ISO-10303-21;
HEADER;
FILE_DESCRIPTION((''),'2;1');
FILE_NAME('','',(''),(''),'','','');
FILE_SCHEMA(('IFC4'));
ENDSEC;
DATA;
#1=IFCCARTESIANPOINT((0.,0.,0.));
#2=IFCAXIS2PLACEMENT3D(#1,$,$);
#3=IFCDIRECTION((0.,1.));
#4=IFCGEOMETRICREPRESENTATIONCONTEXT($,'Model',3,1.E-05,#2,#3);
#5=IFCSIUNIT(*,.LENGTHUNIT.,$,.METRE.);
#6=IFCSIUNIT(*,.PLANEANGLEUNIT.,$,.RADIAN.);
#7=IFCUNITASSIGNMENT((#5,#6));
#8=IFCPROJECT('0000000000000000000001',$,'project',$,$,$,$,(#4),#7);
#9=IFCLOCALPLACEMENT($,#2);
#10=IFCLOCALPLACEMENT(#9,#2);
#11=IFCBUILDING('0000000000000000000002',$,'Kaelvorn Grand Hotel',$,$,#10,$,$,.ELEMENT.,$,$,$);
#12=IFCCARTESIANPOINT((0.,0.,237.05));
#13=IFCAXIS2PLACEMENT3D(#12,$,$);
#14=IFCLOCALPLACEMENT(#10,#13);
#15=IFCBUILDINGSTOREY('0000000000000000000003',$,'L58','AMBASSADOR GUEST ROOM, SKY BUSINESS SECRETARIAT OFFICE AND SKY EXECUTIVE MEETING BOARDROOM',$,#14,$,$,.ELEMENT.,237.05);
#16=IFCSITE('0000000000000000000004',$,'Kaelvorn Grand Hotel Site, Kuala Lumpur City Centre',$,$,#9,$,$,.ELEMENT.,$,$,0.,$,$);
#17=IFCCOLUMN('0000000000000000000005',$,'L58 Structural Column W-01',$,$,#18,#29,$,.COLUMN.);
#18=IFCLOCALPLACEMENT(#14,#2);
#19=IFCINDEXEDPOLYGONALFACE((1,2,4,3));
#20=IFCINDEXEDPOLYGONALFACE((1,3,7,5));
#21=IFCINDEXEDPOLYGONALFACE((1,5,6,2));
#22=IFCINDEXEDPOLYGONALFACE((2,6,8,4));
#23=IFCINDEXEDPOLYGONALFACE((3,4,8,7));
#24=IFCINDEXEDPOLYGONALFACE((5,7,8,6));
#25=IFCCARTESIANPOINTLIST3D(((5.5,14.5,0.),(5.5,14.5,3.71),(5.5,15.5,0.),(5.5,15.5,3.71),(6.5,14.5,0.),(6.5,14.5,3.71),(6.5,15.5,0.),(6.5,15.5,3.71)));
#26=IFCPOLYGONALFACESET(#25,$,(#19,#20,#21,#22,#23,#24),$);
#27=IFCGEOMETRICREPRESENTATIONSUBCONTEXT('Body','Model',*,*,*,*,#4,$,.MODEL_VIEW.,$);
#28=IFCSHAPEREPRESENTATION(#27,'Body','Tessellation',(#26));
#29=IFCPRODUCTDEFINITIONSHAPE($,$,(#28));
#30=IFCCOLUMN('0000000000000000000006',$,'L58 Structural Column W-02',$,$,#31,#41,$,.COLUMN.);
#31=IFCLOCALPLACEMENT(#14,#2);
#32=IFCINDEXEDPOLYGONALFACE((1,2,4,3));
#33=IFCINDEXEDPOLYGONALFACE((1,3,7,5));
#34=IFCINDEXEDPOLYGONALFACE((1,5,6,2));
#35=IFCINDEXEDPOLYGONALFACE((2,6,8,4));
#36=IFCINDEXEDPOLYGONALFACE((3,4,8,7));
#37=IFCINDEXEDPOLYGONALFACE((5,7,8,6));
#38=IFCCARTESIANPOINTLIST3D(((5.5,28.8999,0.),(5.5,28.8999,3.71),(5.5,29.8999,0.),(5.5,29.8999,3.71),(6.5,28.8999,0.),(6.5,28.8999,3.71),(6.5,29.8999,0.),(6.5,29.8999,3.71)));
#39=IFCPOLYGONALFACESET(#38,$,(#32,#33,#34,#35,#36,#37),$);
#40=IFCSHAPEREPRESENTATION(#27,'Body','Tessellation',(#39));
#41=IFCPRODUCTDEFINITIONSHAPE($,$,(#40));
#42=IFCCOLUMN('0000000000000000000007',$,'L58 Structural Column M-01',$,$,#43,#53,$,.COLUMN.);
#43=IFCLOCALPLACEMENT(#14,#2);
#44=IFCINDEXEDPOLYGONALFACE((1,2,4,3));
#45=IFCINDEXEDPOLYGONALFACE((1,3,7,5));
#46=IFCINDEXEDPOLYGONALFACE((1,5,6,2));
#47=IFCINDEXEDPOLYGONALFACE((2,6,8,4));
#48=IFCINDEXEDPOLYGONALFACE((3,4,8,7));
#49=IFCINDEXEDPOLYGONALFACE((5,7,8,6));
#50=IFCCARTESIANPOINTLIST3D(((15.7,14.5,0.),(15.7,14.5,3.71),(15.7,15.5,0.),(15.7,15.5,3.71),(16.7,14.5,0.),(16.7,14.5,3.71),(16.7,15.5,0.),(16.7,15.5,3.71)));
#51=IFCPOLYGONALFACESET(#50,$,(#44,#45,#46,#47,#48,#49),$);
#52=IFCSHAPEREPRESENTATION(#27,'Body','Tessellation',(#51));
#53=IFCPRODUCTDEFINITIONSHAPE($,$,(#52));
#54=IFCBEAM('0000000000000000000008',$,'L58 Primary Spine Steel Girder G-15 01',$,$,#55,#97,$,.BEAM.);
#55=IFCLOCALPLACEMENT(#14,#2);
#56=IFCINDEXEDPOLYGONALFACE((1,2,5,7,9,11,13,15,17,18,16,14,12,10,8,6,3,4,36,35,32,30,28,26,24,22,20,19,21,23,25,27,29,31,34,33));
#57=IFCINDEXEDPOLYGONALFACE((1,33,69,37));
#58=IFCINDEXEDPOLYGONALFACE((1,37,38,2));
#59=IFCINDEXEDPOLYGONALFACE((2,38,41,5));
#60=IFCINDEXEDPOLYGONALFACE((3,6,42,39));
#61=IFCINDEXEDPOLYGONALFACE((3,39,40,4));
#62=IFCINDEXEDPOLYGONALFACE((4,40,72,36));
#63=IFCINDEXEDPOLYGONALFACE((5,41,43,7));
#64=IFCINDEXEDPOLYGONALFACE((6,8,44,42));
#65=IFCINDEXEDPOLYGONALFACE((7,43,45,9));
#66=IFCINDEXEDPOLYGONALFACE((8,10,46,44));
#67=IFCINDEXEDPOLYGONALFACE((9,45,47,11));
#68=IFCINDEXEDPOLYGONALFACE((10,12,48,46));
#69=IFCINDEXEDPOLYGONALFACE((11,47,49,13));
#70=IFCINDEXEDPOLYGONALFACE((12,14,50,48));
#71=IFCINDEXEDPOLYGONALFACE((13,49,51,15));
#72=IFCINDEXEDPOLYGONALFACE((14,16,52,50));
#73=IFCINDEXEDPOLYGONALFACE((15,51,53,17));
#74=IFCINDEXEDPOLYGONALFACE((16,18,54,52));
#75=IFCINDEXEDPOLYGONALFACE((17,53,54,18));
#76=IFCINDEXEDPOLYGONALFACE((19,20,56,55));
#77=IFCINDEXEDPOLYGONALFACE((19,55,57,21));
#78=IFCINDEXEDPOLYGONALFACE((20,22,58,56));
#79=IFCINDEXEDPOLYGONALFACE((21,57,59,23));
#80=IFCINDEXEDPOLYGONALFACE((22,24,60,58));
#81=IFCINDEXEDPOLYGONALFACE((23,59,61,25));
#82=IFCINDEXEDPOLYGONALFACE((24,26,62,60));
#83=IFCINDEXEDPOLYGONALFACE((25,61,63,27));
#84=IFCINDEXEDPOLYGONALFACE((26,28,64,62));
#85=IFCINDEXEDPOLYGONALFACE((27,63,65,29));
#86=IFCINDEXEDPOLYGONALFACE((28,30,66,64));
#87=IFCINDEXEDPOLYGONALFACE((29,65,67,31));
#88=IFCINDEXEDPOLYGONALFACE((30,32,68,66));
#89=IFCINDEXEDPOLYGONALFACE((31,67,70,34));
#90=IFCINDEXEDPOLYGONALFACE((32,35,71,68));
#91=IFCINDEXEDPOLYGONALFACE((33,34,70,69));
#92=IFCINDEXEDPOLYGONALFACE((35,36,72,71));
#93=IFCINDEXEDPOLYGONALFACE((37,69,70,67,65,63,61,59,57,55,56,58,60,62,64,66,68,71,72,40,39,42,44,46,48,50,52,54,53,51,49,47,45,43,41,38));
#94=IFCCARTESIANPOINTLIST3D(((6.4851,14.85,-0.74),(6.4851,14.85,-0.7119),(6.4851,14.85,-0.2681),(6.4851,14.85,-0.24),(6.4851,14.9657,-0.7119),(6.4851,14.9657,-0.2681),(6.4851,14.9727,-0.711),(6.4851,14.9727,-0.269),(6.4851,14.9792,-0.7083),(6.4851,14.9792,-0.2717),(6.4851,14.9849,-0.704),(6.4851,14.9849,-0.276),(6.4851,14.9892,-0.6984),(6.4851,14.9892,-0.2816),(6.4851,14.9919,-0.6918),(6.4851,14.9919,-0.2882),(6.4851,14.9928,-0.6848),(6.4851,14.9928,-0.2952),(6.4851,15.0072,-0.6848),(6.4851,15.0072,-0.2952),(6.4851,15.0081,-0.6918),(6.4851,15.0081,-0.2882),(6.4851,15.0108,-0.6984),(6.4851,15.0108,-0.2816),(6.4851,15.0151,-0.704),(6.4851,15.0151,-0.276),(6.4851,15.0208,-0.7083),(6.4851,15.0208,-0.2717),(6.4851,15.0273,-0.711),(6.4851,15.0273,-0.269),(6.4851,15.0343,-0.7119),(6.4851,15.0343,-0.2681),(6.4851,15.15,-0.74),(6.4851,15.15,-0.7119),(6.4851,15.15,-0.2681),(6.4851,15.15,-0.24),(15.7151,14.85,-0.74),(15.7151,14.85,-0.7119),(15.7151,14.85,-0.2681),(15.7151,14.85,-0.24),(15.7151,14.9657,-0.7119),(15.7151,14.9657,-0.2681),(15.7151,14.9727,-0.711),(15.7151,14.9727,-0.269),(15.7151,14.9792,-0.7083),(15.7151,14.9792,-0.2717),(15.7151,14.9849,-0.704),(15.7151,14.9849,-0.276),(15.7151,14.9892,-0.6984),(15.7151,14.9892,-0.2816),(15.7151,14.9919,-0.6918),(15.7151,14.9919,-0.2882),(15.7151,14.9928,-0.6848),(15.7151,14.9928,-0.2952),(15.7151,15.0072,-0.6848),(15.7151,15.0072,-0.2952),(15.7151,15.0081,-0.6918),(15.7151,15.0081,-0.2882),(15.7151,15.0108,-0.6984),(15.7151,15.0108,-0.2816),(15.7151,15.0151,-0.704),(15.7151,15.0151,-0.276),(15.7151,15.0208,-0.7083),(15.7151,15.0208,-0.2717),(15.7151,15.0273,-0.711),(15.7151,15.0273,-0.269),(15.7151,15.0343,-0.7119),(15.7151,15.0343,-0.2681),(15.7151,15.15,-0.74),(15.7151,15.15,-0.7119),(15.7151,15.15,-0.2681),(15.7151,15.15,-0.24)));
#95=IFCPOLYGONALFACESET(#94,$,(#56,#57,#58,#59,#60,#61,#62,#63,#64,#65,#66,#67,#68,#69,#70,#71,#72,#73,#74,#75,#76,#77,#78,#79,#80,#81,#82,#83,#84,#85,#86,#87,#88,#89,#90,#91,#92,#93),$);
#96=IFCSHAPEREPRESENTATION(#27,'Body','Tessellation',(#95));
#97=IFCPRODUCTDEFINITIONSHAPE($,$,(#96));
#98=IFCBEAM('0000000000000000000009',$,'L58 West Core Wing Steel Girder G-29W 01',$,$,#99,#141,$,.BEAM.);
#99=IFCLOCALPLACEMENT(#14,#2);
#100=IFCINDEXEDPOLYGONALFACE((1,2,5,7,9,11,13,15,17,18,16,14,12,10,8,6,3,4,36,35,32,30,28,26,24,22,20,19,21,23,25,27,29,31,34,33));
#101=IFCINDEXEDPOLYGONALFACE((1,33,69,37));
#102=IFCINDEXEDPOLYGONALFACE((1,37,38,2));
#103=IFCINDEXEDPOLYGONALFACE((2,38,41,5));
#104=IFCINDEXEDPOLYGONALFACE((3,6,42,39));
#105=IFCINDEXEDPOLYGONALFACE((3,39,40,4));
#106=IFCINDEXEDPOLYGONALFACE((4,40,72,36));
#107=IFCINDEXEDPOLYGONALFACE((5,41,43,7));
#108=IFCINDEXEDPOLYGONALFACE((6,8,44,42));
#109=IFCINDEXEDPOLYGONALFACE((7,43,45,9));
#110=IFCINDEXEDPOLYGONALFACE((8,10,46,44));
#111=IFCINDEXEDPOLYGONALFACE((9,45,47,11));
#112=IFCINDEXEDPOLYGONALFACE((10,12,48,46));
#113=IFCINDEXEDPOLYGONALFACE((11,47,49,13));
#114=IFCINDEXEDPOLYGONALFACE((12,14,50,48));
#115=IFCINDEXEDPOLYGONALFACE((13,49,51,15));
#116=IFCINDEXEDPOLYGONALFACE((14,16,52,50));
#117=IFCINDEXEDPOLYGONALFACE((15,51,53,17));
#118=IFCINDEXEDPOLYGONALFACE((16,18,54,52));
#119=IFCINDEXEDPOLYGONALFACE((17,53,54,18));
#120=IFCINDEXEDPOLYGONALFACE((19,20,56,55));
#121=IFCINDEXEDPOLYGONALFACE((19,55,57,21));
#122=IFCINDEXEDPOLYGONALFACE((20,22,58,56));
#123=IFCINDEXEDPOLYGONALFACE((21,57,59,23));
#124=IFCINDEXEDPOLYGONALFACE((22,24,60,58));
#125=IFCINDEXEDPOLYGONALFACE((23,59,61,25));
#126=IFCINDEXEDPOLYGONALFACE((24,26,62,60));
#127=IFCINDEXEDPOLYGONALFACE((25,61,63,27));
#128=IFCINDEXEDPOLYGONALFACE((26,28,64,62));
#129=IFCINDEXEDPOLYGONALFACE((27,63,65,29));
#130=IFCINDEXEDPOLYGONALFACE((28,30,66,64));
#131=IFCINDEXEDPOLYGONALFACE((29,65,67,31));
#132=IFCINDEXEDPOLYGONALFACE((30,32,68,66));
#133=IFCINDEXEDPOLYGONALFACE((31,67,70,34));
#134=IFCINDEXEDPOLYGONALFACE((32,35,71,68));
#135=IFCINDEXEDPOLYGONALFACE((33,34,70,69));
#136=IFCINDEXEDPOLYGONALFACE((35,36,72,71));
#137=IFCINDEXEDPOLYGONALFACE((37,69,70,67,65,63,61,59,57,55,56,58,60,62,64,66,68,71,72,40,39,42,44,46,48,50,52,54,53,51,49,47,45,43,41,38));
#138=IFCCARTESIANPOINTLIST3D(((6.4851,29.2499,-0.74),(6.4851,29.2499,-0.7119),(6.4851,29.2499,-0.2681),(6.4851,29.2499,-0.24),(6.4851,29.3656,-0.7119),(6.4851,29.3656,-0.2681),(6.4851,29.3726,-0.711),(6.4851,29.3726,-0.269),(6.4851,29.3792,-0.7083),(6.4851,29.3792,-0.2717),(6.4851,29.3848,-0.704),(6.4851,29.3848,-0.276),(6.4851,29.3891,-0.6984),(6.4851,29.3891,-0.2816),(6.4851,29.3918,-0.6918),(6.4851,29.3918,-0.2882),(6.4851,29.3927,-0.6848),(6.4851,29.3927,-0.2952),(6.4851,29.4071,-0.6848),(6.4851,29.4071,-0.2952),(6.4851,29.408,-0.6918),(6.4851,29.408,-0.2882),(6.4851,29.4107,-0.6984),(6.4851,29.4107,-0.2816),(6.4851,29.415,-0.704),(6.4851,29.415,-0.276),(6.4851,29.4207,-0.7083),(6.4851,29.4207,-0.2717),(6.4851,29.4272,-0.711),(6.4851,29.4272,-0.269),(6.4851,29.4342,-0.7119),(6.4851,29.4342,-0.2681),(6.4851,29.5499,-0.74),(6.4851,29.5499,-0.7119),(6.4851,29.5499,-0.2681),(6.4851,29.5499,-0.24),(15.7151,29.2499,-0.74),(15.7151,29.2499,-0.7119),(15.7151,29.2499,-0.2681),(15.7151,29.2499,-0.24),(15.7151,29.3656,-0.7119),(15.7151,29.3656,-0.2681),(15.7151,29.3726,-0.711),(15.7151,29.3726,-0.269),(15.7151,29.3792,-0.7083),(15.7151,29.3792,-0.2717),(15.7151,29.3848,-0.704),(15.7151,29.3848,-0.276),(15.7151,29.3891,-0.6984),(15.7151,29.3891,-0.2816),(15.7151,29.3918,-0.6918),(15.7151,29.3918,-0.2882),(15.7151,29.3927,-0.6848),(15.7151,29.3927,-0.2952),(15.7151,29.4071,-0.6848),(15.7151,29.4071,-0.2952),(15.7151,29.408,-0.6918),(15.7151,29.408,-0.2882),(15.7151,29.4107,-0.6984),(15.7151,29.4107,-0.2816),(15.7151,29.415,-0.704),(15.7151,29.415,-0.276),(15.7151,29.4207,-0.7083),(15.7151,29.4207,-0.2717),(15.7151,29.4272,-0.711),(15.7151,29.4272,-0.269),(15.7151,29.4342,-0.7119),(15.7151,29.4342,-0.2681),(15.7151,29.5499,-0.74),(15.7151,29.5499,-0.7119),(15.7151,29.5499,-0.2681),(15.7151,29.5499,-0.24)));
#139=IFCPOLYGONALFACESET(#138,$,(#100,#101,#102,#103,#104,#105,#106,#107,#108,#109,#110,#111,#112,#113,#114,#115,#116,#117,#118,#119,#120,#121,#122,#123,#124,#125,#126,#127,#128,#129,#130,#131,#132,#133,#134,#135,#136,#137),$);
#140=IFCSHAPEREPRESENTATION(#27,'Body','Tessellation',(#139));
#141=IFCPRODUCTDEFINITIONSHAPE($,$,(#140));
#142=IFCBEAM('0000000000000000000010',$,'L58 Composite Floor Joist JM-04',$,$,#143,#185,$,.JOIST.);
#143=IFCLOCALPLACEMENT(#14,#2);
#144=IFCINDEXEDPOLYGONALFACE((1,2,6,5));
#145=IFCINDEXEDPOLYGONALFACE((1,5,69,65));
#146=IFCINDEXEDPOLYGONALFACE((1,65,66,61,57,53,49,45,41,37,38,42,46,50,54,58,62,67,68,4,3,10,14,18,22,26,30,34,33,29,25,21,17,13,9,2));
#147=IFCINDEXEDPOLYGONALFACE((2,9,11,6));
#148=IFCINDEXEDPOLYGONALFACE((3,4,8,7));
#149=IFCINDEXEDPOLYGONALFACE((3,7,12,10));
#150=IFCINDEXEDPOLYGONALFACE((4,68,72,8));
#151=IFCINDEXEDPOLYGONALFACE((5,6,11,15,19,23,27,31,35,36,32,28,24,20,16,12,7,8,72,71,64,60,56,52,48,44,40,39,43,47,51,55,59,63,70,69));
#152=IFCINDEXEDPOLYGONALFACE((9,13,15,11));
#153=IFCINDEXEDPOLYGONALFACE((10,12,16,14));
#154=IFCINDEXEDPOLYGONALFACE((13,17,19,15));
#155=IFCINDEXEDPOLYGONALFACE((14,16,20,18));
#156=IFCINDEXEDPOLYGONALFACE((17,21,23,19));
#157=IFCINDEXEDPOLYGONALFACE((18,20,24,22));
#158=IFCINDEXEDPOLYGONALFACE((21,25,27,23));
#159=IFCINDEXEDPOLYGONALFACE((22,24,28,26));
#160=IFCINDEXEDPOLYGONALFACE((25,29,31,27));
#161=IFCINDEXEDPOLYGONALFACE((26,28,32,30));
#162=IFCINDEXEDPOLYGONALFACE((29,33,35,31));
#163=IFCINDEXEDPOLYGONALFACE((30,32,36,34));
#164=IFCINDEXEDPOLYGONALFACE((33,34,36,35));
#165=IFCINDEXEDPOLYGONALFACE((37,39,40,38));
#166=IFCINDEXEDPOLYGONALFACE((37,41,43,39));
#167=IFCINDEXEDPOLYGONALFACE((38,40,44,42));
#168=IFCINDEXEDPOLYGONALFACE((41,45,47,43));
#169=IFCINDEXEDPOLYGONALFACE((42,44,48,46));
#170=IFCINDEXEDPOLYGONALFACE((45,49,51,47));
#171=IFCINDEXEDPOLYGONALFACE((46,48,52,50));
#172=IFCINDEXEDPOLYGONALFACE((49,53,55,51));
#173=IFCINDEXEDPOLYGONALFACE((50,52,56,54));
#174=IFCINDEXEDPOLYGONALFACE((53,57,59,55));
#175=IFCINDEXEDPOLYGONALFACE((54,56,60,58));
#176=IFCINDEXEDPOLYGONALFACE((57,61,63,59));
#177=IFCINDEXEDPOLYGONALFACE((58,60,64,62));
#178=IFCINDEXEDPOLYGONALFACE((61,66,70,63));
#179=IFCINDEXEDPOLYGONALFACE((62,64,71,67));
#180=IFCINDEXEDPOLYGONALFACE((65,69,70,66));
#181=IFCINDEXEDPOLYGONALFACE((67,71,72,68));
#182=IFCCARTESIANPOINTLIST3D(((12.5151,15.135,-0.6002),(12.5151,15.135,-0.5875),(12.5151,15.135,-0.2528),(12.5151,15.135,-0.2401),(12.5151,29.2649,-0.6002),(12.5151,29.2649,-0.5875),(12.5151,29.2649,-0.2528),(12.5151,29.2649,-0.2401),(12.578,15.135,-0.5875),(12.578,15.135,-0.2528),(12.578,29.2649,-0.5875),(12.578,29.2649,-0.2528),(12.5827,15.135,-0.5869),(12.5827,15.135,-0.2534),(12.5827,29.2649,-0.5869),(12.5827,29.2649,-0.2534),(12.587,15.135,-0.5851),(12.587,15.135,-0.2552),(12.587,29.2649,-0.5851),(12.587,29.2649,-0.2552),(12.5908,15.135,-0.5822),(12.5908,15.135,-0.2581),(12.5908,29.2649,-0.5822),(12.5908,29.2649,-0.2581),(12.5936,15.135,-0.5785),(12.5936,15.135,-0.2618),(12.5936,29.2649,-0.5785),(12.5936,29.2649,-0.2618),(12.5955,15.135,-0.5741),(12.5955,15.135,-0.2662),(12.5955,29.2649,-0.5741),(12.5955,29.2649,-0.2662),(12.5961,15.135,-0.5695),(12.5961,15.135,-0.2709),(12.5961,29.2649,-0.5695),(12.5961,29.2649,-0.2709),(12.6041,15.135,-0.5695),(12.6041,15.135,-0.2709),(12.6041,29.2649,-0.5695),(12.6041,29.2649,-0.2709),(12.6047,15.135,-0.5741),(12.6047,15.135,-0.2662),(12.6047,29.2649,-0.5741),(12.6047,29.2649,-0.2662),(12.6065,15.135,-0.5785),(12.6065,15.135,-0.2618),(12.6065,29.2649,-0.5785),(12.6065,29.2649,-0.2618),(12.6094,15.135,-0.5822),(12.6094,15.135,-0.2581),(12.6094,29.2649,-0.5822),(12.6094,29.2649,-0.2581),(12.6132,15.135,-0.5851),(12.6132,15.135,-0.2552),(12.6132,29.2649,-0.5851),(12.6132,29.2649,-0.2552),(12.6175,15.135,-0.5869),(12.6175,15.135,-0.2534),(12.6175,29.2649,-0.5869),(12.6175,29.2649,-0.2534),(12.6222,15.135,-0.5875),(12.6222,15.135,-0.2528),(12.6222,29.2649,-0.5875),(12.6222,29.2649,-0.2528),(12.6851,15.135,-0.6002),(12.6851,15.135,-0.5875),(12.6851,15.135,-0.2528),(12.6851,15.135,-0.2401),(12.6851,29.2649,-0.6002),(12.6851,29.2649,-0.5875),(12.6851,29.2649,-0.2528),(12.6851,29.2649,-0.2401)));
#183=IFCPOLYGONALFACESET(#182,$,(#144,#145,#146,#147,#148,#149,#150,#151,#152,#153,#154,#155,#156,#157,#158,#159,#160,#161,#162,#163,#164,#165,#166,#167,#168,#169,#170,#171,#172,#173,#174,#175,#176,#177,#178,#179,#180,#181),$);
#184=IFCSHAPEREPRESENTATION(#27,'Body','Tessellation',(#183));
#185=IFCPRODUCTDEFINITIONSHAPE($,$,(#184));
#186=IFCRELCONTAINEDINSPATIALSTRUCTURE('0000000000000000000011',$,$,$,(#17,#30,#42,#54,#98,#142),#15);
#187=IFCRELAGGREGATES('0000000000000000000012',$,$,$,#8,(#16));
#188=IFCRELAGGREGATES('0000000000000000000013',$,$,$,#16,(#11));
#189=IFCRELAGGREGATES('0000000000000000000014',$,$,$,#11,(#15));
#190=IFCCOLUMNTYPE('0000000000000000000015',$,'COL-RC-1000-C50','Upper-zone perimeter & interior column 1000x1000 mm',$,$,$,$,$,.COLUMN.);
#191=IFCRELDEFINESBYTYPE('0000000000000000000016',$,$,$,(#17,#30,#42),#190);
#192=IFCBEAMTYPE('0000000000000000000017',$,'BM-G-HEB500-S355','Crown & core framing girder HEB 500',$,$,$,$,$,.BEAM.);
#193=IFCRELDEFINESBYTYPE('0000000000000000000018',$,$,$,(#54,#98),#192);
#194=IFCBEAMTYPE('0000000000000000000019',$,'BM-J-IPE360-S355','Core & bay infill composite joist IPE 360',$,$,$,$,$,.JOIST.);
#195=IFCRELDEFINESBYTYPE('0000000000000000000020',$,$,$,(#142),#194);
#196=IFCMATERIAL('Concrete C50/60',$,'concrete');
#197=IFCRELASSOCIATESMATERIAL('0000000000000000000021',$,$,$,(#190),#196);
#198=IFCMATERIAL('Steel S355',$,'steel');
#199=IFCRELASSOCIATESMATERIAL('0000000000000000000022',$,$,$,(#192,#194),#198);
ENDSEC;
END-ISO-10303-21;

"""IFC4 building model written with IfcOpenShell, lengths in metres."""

from ifc_helpers import new_model, si_unit, direction, frame, origin, origin_2d, place, context, subcontext, project, spatial, rectangle, i_section, extrude, material, material_profile, profile_set, type_object, element, save


model = new_model("IFC4")

# Units and contexts
model_context = context("Model", 3, precision=1e-05, world=origin(), true_north=direction((0.0, 1.0)))
body_context = subcontext(model_context, "Body", "Model", "MODEL_VIEW")
ifc_project = project(units=[si_unit("LENGTHUNIT", "METRE"), si_unit("PLANEANGLEUNIT", "RADIAN")], contexts=[model_context])

# Site, building, storey
site_placement = place(None, origin())
site = spatial("IfcSite", under=ifc_project, at=site_placement, Name="Kaelvorn Grand Hotel Site, Kuala Lumpur City Centre", CompositionType="ELEMENT", RefElevation=0.0)
building_placement = place(site_placement, origin())
building = spatial("IfcBuilding", under=site, at=building_placement, Name="Kaelvorn Grand Hotel", CompositionType="ELEMENT")
storey_placement = place(building_placement, frame((0.0, 0.0, 237.05)))
storey = spatial("IfcBuildingStorey", under=building, at=storey_placement, Name="L58", Description="AMBASSADOR GUEST ROOM, SKY BUSINESS SECRETARIAT OFFICE AND SKY EXECUTIVE MEETING BOARDROOM", CompositionType="ELEMENT", Elevation=237.05)

# Columns
ifc_material_1 = material(Name="Concrete C50/60", Category="concrete")
ifc_material_profile_1 = material_profile(ifc_material_1, rectangle(XDim=1.0, YDim=1.0, at=origin_2d()), Name="RC COL 1000x1000")
ifc_profile_set_1 = profile_set([ifc_material_profile_1], Name="Concrete C50/60")
column_type = type_object("IfcColumnType", Name="COL-RC-1000-C50", Description="Upper-zone perimeter & interior column 1000x1000 mm", PredefinedType="COLUMN", material=ifc_profile_set_1)
for number, where, z_axis, x_axis, name in (
    (1, (6.0, 15.0, 0.0), (0.0, 0.0, 1.0), (1.0, 0.0, 0.0), "L58 Structural Column W-01"),
    (2, (6.0, 29.3999, 0.0), (0.0, 0.0, 1.0), (1.0, 0.0, 0.0), "L58 Structural Column W-02"),
    (3, (16.2, 15.0, 0.0), (0.0, 0.0, 1.0), (1.0, 0.0, 0.0), "L58 Structural Column M-01"),
):
    element("IfcColumn", number, at=place(storey_placement, frame(where, z_axis=z_axis, x_axis=x_axis)), inside=storey, type_object=column_type, Name=name, PredefinedType="COLUMN", context=body_context, shape_type="SweptSolid", body=[
        extrude(rectangle(XDim=1.0, YDim=1.0, at=origin_2d()), origin(), (0.0, 0.0, 1.0), 3.71),
    ])

# Beams
ifc_material_2 = material(Name="Steel S355", Category="steel")
ifc_material_profile_2 = material_profile(ifc_material_2, i_section(OverallWidth=0.3, OverallDepth=0.5, WebThickness=0.0144, FlangeThickness=0.0281, FilletRadius=0.0271, at=origin_2d()), Name="HEB 500")
ifc_profile_set_2 = profile_set([ifc_material_profile_2], Name="Steel S355")
beam_type_1 = type_object("IfcBeamType", Name="BM-G-HEB500-S355", Description="Crown & core framing girder HEB 500", PredefinedType="BEAM", material=ifc_profile_set_2)
for number, where, z_axis, x_axis, name in (
    (4, (6.4851, 15.0, -0.49), (1.0, 0.0, 0.0), (0.0, 1.0, 0.0), "L58 Primary Spine Steel Girder G-15 01"),
    (5, (6.4851, 29.3999, -0.49), (1.0, 0.0, 0.0), (0.0, 1.0, 0.0), "L58 West Core Wing Steel Girder G-29W 01"),
):
    element("IfcBeam", number, at=place(storey_placement, frame(where, z_axis=z_axis, x_axis=x_axis)), inside=storey, type_object=beam_type_1, Name=name, PredefinedType="BEAM", context=body_context, shape_type="SweptSolid", body=[
        extrude(i_section(OverallWidth=0.3, OverallDepth=0.5, WebThickness=0.0144, FlangeThickness=0.0281, FilletRadius=0.0271, at=origin_2d()), origin(), (0.0, 0.0, 1.0), 9.23),
    ])
ifc_material_profile_3 = material_profile(ifc_material_2, i_section(OverallWidth=0.1699, OverallDepth=0.3601, WebThickness=0.0081, FlangeThickness=0.0127, FilletRadius=0.0181, at=origin_2d()), Name="IPE 360")
ifc_profile_set_3 = profile_set([ifc_material_profile_3], Name="Steel S355")
beam_type_2 = type_object("IfcBeamType", Name="BM-J-IPE360-S355", Description="Core & bay infill composite joist IPE 360", PredefinedType="JOIST", material=ifc_profile_set_3)
beam_1_placement = place(storey_placement, frame((12.6001, 15.135, -0.4202), z_axis=(0.0, 1.0, 0.0), x_axis=(-1.0, 0.0, 0.0)))
element("IfcBeam", 6, at=beam_1_placement, inside=storey, type_object=beam_type_2, Name="L58 Composite Floor Joist JM-04", PredefinedType="JOIST", context=body_context, shape_type="SweptSolid", body=[
    extrude(i_section(OverallWidth=0.1699, OverallDepth=0.3601, WebThickness=0.0081, FlangeThickness=0.0127, FilletRadius=0.0181, at=origin_2d()), origin(), (0.0, 0.0, 1.0), 14.1299),
])

save(model, "model.ifc")
